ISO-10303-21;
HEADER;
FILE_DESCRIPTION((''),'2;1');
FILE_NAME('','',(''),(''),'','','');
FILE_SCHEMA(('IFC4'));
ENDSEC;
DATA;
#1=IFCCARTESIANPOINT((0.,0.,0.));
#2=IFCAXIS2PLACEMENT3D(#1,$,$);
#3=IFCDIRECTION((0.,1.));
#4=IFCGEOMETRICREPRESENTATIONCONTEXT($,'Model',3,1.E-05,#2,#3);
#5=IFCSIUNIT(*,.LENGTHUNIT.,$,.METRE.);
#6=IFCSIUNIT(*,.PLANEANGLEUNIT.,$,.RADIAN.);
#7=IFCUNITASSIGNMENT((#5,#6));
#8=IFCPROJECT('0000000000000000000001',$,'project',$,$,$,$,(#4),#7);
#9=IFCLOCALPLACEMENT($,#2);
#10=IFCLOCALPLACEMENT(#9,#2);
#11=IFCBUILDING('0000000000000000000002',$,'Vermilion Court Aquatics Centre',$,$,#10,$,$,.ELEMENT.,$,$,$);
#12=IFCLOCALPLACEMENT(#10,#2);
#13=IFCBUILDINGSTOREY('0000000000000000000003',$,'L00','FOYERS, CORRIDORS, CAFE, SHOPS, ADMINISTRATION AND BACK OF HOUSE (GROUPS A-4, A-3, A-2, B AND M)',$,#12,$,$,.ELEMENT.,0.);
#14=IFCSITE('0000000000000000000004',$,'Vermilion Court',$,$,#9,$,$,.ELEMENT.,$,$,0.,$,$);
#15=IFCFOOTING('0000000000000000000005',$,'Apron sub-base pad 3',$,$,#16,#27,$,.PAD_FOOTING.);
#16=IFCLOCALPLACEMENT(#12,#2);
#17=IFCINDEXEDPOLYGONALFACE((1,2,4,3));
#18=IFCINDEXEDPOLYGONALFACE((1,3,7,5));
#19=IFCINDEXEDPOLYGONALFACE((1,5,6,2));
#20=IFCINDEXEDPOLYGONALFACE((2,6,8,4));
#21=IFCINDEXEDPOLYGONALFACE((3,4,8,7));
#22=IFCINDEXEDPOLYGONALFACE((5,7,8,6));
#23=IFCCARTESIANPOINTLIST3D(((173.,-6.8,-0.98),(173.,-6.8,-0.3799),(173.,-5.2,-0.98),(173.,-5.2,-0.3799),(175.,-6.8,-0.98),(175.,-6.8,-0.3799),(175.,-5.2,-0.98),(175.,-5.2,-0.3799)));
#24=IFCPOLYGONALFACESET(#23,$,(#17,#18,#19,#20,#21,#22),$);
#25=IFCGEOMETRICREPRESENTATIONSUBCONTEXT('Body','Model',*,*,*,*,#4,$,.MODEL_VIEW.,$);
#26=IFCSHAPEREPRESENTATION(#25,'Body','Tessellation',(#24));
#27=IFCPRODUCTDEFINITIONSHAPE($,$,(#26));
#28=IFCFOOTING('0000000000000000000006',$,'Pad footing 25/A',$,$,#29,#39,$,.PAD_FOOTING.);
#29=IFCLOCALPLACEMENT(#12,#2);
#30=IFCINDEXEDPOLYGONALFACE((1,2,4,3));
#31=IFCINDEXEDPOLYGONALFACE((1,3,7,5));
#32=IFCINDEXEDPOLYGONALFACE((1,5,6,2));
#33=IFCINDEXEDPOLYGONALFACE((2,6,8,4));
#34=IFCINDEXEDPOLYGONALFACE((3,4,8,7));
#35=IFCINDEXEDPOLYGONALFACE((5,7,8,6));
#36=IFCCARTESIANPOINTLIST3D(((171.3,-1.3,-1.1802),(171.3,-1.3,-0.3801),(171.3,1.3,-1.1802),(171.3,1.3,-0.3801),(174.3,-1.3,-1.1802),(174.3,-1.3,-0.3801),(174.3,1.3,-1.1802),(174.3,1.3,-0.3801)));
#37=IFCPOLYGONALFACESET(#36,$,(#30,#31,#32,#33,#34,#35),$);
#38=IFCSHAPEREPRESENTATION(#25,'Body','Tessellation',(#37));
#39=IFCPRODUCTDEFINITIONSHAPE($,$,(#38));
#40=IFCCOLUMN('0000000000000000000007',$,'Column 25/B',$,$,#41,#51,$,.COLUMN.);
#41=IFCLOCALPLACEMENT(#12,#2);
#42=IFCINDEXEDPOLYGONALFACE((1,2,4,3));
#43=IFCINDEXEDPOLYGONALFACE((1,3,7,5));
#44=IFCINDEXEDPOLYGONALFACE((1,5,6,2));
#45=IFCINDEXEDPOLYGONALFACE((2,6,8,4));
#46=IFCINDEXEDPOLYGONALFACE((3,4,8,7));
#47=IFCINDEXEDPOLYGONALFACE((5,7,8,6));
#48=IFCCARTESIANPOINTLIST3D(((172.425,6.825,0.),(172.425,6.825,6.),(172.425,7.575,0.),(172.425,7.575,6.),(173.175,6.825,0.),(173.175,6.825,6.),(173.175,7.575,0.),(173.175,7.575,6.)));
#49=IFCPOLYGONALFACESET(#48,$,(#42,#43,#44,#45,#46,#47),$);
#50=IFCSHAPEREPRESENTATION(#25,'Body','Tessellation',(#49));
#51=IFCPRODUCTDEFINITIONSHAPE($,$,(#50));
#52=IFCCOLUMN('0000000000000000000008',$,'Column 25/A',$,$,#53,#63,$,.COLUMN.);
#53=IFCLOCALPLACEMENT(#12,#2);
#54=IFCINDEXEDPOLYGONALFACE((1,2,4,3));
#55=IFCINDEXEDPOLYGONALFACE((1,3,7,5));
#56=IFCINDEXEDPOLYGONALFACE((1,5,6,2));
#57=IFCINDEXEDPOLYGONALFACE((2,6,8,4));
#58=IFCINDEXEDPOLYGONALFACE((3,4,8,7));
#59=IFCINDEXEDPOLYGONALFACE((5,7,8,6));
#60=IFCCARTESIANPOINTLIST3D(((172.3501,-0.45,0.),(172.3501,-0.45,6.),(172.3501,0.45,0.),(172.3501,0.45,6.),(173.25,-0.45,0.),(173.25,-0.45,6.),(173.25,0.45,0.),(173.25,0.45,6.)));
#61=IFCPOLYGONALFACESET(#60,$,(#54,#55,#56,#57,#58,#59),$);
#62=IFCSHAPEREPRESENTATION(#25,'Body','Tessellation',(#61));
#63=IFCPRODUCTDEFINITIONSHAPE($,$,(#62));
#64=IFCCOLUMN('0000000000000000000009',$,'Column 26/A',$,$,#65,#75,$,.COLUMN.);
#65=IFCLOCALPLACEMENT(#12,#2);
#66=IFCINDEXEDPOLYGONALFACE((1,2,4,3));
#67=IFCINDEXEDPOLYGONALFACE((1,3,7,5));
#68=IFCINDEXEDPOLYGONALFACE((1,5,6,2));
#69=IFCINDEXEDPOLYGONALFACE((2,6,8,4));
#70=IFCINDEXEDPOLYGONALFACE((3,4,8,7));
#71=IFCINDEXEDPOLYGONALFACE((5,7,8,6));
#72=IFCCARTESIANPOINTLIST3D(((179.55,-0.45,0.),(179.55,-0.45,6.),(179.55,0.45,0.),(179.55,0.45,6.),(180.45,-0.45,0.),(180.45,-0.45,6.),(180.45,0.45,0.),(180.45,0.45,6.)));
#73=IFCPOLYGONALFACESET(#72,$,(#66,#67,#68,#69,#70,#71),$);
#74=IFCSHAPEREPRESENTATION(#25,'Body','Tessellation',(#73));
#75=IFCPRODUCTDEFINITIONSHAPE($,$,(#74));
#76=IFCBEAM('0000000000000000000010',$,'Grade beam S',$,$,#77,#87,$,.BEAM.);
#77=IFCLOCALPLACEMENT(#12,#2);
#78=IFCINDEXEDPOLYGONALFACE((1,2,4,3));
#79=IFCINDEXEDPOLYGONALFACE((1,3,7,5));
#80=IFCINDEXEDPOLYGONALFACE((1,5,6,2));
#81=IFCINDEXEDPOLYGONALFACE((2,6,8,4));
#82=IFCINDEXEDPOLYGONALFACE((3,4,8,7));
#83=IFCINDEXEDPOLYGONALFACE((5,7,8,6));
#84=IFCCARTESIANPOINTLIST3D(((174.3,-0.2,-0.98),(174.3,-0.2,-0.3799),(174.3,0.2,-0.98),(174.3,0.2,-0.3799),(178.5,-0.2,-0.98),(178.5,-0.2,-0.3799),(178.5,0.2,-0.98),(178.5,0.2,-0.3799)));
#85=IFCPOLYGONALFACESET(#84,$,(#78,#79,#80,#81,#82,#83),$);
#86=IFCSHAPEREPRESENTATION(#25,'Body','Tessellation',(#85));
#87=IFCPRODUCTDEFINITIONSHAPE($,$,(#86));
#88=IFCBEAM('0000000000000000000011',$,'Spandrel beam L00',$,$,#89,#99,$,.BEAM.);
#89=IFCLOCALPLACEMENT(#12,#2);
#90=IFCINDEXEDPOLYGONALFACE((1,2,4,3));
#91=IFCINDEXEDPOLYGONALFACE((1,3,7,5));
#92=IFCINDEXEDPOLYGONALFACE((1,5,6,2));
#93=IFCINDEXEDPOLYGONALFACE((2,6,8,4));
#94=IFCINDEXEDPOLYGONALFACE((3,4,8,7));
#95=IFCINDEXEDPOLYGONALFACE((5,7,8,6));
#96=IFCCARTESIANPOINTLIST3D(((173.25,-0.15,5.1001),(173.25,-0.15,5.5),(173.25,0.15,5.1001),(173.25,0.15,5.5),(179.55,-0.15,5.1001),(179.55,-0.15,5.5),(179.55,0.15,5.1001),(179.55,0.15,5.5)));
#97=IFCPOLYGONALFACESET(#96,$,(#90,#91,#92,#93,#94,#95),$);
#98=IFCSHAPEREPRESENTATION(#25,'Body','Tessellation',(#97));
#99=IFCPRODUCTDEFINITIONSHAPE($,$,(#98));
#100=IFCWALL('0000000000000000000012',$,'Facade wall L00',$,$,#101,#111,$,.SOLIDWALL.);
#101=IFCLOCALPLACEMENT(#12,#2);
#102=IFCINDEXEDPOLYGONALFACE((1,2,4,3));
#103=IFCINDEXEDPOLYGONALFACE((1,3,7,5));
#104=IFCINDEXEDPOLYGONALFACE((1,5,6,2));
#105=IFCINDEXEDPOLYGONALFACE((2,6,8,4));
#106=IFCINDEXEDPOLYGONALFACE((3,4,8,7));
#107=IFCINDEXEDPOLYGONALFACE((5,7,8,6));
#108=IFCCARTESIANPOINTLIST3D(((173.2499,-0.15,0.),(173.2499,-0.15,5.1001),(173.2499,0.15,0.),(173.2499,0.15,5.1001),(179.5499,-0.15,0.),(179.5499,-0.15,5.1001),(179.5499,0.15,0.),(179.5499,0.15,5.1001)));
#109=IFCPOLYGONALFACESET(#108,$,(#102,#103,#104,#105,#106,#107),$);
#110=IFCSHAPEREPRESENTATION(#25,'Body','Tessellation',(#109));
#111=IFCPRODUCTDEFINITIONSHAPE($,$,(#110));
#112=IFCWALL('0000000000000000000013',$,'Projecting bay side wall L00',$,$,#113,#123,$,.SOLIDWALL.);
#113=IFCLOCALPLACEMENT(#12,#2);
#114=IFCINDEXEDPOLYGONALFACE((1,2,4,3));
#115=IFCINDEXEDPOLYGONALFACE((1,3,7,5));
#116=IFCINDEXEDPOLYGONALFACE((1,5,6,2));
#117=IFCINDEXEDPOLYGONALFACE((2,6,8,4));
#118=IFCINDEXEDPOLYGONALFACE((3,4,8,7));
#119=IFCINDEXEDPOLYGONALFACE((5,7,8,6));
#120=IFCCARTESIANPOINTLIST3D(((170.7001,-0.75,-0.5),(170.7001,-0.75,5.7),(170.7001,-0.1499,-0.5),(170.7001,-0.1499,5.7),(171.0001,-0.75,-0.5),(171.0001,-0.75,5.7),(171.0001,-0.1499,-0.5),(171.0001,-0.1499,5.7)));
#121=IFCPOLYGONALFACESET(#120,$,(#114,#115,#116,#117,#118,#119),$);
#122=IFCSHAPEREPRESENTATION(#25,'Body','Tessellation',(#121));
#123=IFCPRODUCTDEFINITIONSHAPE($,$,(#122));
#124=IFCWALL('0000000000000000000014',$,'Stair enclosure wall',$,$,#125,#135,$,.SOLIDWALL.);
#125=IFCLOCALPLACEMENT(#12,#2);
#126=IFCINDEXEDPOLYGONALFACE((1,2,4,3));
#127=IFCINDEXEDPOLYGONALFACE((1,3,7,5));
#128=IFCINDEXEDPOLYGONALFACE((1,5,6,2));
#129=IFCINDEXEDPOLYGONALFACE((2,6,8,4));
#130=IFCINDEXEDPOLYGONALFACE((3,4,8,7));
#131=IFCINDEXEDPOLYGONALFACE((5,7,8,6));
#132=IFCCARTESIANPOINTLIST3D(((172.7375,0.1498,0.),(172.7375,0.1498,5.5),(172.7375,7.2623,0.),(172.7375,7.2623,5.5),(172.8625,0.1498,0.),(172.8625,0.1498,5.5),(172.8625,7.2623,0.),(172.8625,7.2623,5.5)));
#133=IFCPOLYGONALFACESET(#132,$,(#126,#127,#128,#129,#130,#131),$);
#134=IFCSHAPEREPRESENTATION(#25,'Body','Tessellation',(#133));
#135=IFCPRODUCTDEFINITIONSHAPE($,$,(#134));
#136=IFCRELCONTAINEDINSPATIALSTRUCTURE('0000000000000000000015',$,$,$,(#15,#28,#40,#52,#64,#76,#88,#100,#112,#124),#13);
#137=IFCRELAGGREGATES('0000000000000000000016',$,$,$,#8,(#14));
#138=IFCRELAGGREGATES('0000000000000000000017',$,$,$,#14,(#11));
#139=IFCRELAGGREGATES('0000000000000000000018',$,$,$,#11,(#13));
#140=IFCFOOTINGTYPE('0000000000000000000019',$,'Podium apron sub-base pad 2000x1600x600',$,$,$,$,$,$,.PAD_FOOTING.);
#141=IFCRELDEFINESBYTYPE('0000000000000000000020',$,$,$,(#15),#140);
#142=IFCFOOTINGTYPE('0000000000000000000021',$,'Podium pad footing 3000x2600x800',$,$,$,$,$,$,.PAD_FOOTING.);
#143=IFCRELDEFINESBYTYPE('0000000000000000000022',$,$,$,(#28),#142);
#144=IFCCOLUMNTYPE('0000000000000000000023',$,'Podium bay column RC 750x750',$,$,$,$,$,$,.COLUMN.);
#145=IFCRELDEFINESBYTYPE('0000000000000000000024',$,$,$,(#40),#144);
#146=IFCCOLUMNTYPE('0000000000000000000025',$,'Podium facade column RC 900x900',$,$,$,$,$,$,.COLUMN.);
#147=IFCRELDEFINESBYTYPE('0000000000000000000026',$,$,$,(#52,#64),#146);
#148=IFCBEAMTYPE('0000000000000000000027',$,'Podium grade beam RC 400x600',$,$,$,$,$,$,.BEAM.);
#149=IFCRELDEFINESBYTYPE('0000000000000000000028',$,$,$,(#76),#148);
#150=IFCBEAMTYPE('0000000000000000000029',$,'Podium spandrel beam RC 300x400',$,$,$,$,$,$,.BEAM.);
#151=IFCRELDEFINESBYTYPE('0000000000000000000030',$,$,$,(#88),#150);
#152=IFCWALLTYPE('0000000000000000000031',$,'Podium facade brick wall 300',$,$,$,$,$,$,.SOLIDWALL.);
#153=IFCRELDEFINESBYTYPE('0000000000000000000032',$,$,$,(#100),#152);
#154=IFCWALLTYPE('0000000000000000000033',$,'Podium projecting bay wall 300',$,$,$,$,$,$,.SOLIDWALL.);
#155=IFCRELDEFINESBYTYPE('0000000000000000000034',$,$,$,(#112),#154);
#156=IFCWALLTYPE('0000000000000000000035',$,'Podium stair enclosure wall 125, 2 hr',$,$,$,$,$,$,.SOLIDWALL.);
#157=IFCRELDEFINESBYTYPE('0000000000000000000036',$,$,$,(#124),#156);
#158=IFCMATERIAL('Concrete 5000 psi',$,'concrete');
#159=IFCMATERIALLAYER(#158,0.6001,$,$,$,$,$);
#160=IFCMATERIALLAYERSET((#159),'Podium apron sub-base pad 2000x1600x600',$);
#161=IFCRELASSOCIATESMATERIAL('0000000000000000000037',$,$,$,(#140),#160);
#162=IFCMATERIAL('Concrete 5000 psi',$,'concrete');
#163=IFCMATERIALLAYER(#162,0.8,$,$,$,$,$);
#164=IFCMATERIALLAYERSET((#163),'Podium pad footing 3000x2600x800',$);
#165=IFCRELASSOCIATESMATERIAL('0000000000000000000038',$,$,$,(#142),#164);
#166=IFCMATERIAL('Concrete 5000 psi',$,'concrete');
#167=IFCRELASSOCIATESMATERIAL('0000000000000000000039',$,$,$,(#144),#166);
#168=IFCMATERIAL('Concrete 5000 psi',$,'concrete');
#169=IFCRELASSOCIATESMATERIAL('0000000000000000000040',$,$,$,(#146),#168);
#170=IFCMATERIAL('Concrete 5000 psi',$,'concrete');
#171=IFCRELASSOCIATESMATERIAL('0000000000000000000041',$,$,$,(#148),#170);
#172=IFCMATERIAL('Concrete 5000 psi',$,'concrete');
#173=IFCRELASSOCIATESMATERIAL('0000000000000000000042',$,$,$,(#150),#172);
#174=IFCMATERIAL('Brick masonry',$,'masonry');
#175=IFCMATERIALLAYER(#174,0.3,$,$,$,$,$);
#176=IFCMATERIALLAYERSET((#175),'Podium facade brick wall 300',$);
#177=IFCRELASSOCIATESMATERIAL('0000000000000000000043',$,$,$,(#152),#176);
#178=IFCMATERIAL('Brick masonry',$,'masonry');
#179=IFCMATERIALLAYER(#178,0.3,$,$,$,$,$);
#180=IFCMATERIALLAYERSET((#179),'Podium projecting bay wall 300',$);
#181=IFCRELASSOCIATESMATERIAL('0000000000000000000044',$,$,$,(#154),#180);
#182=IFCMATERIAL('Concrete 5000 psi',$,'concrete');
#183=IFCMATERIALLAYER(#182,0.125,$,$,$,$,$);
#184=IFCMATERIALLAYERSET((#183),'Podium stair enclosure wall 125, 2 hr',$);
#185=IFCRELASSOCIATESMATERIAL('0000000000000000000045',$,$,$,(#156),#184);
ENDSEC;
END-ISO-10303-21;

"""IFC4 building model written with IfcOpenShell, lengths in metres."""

from ifc_helpers import new_model, si_unit, direction, frame, frame_2d, origin, origin_2d, place, context, subcontext, project, spatial, rectangle, extrude, material, layer, layer_set, material_profile, profile_set, type_object, element, save


model = new_model("IFC4")

# Units and contexts
model_context = context("Model", 3, precision=1e-05, world=origin(), true_north=direction((0.0, 1.0)))
body_context = subcontext(model_context, "Body", "Model", "MODEL_VIEW")
ifc_project = project(units=[si_unit("LENGTHUNIT", "METRE"), si_unit("PLANEANGLEUNIT", "RADIAN")], contexts=[model_context])

# Site, building, storey
site_placement = place(None, origin())
site = spatial("IfcSite", under=ifc_project, at=site_placement, Name="Vermilion Court", CompositionType="ELEMENT", RefElevation=0.0)
building_placement = place(site_placement, origin())
building = spatial("IfcBuilding", under=site, at=building_placement, Name="Vermilion Court Aquatics Centre", CompositionType="ELEMENT")
storey_placement = place(building_placement, origin())
storey = spatial("IfcBuildingStorey", under=building, at=storey_placement, Name="L00", Description="FOYERS, CORRIDORS, CAFE, SHOPS, ADMINISTRATION AND BACK OF HOUSE (GROUPS A-4, A-3, A-2, B AND M)", CompositionType="ELEMENT", Elevation=0.0)

# Footings
ifc_material_1 = material(Name="Concrete 5000 psi", Category="concrete")
ifc_layer_1 = layer(ifc_material_1, 0.6001)
ifc_layer_set_1 = layer_set([ifc_layer_1], Name="Podium apron sub-base pad 2000x1600x600")
footing_type_1 = type_object("IfcFootingType", Name="Podium apron sub-base pad 2000x1600x600", PredefinedType="PAD_FOOTING", material=ifc_layer_set_1)
footing_1_placement = place(storey_placement, frame((174.0, -6.0, -0.98), z_axis=(0.0, 0.0, 1.0), x_axis=(1.0, 0.0, 0.0)))
element("IfcFooting", 1, at=footing_1_placement, inside=storey, type_object=footing_type_1, Name="Apron sub-base pad 3", PredefinedType="PAD_FOOTING", context=body_context, shape_type="SweptSolid", body=[
    extrude(rectangle(XDim=2.0, YDim=1.6001, at=origin_2d()), origin(), (0.0, 0.0, 1.0), 0.6001),
])
ifc_material_2 = material(Name="Concrete 5000 psi", Category="concrete")
ifc_layer_2 = layer(ifc_material_2, 0.8)
ifc_layer_set_2 = layer_set([ifc_layer_2], Name="Podium pad footing 3000x2600x800")
footing_type_2 = type_object("IfcFootingType", Name="Podium pad footing 3000x2600x800", PredefinedType="PAD_FOOTING", material=ifc_layer_set_2)
footing_2_placement = place(storey_placement, frame((172.8, 0.0, -1.1802), z_axis=(0.0, 0.0, 1.0), x_axis=(1.0, 0.0, 0.0)))
element("IfcFooting", 2, at=footing_2_placement, inside=storey, type_object=footing_type_2, Name="Pad footing 25/A", PredefinedType="PAD_FOOTING", context=body_context, shape_type="SweptSolid", body=[
    extrude(rectangle(XDim=3.0, YDim=2.6001, at=origin_2d()), origin(), (0.0, 0.0, 1.0), 0.8),
])

# Columns
ifc_material_3 = material(Name="Concrete 5000 psi", Category="concrete")
ifc_material_profile_1 = material_profile(ifc_material_3, rectangle(XDim=0.75, YDim=0.75, at=origin_2d()), Name="RC 750x750")
ifc_profile_set_1 = profile_set([ifc_material_profile_1], Name="Concrete 5000 psi")
column_type_1 = type_object("IfcColumnType", Name="Podium bay column RC 750x750", PredefinedType="COLUMN", material=ifc_profile_set_1)
column_placement = place(storey_placement, frame((172.8, 7.2, 0.0), z_axis=(0.0, 0.0, 1.0), x_axis=(1.0, 0.0, 0.0)))
element("IfcColumn", 3, at=column_placement, inside=storey, type_object=column_type_1, Name="Column 25/B", PredefinedType="COLUMN", context=body_context, shape_type="SweptSolid", body=[
    extrude(rectangle(XDim=0.75, YDim=0.75, at=origin_2d()), origin(), (0.0, 0.0, 1.0), 6.0),
])
ifc_material_4 = material(Name="Concrete 5000 psi", Category="concrete")
ifc_material_profile_2 = material_profile(ifc_material_4, rectangle(XDim=0.8999, YDim=0.8999, at=origin_2d()), Name="RC 900x900")
ifc_profile_set_2 = profile_set([ifc_material_profile_2], Name="Concrete 5000 psi")
column_type_2 = type_object("IfcColumnType", Name="Podium facade column RC 900x900", PredefinedType="COLUMN", material=ifc_profile_set_2)
for number, where, z_axis, x_axis, name in (
    (4, (172.8, 0.0, 0.0), (0.0, 0.0, 1.0), (1.0, 0.0, 0.0), "Column 25/A"),
    (5, (180.0, 0.0, 0.0), (0.0, 0.0, 1.0), (1.0, 0.0, 0.0), "Column 26/A"),
):
    element("IfcColumn", number, at=place(storey_placement, frame(where, z_axis=z_axis, x_axis=x_axis)), inside=storey, type_object=column_type_2, Name=name, PredefinedType="COLUMN", context=body_context, shape_type="SweptSolid", body=[
        extrude(rectangle(XDim=0.8999, YDim=0.8999, at=origin_2d()), origin(), (0.0, 0.0, 1.0), 6.0),
    ])

# Beams
ifc_material_5 = material(Name="Concrete 5000 psi", Category="concrete")
ifc_material_profile_3 = material_profile(ifc_material_5, rectangle(XDim=0.3999, YDim=0.6001, at=origin_2d()), Name="RC 400x600")
ifc_profile_set_3 = profile_set([ifc_material_profile_3], Name="Concrete 5000 psi")
beam_type_1 = type_object("IfcBeamType", Name="Podium grade beam RC 400x600", PredefinedType="BEAM", material=ifc_profile_set_3)
beam_1_placement = place(storey_placement, frame((174.3, 0.0, -0.6799), z_axis=(1.0, 0.0, 0.0), x_axis=(0.0, 1.0, 0.0)))
element("IfcBeam", 6, at=beam_1_placement, inside=storey, type_object=beam_type_1, Name="Grade beam S", PredefinedType="BEAM", context=body_context, shape_type="SweptSolid", body=[
    extrude(rectangle(XDim=0.3999, YDim=0.6001, at=origin_2d()), origin(), (0.0, 0.0, 1.0), 4.2),
])
ifc_material_6 = material(Name="Concrete 5000 psi", Category="concrete")
ifc_material_profile_4 = material_profile(ifc_material_6, rectangle(XDim=0.3, YDim=0.3999, at=origin_2d()), Name="RC 300x400")
ifc_profile_set_4 = profile_set([ifc_material_profile_4], Name="Concrete 5000 psi")
beam_type_2 = type_object("IfcBeamType", Name="Podium spandrel beam RC 300x400", PredefinedType="BEAM", material=ifc_profile_set_4)
beam_2_placement = place(storey_placement, frame((173.25, 0.0, 5.3), z_axis=(1.0, 0.0, 0.0), x_axis=(0.0, 1.0, 0.0)))
element("IfcBeam", 7, at=beam_2_placement, inside=storey, type_object=beam_type_2, Name="Spandrel beam L00", PredefinedType="BEAM", context=body_context, shape_type="SweptSolid", body=[
    extrude(rectangle(XDim=0.3, YDim=0.3999, at=origin_2d()), origin(), (0.0, 0.0, 1.0), 6.3),
])

# Walls
ifc_material_7 = material(Name="Brick masonry", Category="masonry")
ifc_layer_3 = layer(ifc_material_7, 0.3)
ifc_layer_set_3 = layer_set([ifc_layer_3], Name="Podium facade brick wall 300")
wall_type_1 = type_object("IfcWallType", Name="Podium facade brick wall 300", PredefinedType="SOLIDWALL", material=ifc_layer_set_3)
wall_1_placement = place(storey_placement, frame((173.25, 0.0, 0.0), z_axis=(0.0, 0.0, 1.0), x_axis=(1.0, 0.0, 0.0)))
element("IfcWall", 8, at=wall_1_placement, inside=storey, type_object=wall_type_1, Name="Facade wall L00", PredefinedType="SOLIDWALL", context=body_context, shape_type="SweptSolid", body=[
    extrude(rectangle(XDim=6.3, YDim=0.3, at=frame_2d((3.1499, 0.0))), origin(), (0.0, 0.0, 1.0), 5.1001),
])
ifc_material_8 = material(Name="Brick masonry", Category="masonry")
ifc_layer_4 = layer(ifc_material_8, 0.3)
ifc_layer_set_4 = layer_set([ifc_layer_4], Name="Podium projecting bay wall 300")
wall_type_2 = type_object("IfcWallType", Name="Podium projecting bay wall 300", PredefinedType="SOLIDWALL", material=ifc_layer_set_4)
wall_2_placement = place(storey_placement, frame((170.8501, -0.75, -0.5), z_axis=(0.0, 0.0, 1.0), x_axis=(0.0, 1.0, 0.0)))
element("IfcWall", 9, at=wall_2_placement, inside=storey, type_object=wall_type_2, Name="Projecting bay side wall L00", PredefinedType="SOLIDWALL", context=body_context, shape_type="SweptSolid", body=[
    extrude(rectangle(XDim=0.6001, YDim=0.3, at=frame_2d((0.3, 0.0))), origin(), (0.0, 0.0, 1.0), 6.2),
])
ifc_material_9 = material(Name="Concrete 5000 psi", Category="concrete")
ifc_layer_5 = layer(ifc_material_9, 0.125)
ifc_layer_set_5 = layer_set([ifc_layer_5], Name="Podium stair enclosure wall 125, 2 hr")
wall_type_3 = type_object("IfcWallType", Name="Podium stair enclosure wall 125, 2 hr", PredefinedType="SOLIDWALL", material=ifc_layer_set_5)
wall_3_placement = place(storey_placement, frame((172.8, 0.1499, 0.0), z_axis=(0.0, 0.0, 1.0), x_axis=(0.0, 1.0, 0.0)))
element("IfcWall", 10, at=wall_3_placement, inside=storey, type_object=wall_type_3, Name="Stair enclosure wall", PredefinedType="SOLIDWALL", context=body_context, shape_type="SweptSolid", body=[
    extrude(rectangle(XDim=7.1125, YDim=0.125, at=frame_2d((3.5562, 0.0))), origin(), (0.0, 0.0, 1.0), 5.5),
])

save(model, "model.ifc")
